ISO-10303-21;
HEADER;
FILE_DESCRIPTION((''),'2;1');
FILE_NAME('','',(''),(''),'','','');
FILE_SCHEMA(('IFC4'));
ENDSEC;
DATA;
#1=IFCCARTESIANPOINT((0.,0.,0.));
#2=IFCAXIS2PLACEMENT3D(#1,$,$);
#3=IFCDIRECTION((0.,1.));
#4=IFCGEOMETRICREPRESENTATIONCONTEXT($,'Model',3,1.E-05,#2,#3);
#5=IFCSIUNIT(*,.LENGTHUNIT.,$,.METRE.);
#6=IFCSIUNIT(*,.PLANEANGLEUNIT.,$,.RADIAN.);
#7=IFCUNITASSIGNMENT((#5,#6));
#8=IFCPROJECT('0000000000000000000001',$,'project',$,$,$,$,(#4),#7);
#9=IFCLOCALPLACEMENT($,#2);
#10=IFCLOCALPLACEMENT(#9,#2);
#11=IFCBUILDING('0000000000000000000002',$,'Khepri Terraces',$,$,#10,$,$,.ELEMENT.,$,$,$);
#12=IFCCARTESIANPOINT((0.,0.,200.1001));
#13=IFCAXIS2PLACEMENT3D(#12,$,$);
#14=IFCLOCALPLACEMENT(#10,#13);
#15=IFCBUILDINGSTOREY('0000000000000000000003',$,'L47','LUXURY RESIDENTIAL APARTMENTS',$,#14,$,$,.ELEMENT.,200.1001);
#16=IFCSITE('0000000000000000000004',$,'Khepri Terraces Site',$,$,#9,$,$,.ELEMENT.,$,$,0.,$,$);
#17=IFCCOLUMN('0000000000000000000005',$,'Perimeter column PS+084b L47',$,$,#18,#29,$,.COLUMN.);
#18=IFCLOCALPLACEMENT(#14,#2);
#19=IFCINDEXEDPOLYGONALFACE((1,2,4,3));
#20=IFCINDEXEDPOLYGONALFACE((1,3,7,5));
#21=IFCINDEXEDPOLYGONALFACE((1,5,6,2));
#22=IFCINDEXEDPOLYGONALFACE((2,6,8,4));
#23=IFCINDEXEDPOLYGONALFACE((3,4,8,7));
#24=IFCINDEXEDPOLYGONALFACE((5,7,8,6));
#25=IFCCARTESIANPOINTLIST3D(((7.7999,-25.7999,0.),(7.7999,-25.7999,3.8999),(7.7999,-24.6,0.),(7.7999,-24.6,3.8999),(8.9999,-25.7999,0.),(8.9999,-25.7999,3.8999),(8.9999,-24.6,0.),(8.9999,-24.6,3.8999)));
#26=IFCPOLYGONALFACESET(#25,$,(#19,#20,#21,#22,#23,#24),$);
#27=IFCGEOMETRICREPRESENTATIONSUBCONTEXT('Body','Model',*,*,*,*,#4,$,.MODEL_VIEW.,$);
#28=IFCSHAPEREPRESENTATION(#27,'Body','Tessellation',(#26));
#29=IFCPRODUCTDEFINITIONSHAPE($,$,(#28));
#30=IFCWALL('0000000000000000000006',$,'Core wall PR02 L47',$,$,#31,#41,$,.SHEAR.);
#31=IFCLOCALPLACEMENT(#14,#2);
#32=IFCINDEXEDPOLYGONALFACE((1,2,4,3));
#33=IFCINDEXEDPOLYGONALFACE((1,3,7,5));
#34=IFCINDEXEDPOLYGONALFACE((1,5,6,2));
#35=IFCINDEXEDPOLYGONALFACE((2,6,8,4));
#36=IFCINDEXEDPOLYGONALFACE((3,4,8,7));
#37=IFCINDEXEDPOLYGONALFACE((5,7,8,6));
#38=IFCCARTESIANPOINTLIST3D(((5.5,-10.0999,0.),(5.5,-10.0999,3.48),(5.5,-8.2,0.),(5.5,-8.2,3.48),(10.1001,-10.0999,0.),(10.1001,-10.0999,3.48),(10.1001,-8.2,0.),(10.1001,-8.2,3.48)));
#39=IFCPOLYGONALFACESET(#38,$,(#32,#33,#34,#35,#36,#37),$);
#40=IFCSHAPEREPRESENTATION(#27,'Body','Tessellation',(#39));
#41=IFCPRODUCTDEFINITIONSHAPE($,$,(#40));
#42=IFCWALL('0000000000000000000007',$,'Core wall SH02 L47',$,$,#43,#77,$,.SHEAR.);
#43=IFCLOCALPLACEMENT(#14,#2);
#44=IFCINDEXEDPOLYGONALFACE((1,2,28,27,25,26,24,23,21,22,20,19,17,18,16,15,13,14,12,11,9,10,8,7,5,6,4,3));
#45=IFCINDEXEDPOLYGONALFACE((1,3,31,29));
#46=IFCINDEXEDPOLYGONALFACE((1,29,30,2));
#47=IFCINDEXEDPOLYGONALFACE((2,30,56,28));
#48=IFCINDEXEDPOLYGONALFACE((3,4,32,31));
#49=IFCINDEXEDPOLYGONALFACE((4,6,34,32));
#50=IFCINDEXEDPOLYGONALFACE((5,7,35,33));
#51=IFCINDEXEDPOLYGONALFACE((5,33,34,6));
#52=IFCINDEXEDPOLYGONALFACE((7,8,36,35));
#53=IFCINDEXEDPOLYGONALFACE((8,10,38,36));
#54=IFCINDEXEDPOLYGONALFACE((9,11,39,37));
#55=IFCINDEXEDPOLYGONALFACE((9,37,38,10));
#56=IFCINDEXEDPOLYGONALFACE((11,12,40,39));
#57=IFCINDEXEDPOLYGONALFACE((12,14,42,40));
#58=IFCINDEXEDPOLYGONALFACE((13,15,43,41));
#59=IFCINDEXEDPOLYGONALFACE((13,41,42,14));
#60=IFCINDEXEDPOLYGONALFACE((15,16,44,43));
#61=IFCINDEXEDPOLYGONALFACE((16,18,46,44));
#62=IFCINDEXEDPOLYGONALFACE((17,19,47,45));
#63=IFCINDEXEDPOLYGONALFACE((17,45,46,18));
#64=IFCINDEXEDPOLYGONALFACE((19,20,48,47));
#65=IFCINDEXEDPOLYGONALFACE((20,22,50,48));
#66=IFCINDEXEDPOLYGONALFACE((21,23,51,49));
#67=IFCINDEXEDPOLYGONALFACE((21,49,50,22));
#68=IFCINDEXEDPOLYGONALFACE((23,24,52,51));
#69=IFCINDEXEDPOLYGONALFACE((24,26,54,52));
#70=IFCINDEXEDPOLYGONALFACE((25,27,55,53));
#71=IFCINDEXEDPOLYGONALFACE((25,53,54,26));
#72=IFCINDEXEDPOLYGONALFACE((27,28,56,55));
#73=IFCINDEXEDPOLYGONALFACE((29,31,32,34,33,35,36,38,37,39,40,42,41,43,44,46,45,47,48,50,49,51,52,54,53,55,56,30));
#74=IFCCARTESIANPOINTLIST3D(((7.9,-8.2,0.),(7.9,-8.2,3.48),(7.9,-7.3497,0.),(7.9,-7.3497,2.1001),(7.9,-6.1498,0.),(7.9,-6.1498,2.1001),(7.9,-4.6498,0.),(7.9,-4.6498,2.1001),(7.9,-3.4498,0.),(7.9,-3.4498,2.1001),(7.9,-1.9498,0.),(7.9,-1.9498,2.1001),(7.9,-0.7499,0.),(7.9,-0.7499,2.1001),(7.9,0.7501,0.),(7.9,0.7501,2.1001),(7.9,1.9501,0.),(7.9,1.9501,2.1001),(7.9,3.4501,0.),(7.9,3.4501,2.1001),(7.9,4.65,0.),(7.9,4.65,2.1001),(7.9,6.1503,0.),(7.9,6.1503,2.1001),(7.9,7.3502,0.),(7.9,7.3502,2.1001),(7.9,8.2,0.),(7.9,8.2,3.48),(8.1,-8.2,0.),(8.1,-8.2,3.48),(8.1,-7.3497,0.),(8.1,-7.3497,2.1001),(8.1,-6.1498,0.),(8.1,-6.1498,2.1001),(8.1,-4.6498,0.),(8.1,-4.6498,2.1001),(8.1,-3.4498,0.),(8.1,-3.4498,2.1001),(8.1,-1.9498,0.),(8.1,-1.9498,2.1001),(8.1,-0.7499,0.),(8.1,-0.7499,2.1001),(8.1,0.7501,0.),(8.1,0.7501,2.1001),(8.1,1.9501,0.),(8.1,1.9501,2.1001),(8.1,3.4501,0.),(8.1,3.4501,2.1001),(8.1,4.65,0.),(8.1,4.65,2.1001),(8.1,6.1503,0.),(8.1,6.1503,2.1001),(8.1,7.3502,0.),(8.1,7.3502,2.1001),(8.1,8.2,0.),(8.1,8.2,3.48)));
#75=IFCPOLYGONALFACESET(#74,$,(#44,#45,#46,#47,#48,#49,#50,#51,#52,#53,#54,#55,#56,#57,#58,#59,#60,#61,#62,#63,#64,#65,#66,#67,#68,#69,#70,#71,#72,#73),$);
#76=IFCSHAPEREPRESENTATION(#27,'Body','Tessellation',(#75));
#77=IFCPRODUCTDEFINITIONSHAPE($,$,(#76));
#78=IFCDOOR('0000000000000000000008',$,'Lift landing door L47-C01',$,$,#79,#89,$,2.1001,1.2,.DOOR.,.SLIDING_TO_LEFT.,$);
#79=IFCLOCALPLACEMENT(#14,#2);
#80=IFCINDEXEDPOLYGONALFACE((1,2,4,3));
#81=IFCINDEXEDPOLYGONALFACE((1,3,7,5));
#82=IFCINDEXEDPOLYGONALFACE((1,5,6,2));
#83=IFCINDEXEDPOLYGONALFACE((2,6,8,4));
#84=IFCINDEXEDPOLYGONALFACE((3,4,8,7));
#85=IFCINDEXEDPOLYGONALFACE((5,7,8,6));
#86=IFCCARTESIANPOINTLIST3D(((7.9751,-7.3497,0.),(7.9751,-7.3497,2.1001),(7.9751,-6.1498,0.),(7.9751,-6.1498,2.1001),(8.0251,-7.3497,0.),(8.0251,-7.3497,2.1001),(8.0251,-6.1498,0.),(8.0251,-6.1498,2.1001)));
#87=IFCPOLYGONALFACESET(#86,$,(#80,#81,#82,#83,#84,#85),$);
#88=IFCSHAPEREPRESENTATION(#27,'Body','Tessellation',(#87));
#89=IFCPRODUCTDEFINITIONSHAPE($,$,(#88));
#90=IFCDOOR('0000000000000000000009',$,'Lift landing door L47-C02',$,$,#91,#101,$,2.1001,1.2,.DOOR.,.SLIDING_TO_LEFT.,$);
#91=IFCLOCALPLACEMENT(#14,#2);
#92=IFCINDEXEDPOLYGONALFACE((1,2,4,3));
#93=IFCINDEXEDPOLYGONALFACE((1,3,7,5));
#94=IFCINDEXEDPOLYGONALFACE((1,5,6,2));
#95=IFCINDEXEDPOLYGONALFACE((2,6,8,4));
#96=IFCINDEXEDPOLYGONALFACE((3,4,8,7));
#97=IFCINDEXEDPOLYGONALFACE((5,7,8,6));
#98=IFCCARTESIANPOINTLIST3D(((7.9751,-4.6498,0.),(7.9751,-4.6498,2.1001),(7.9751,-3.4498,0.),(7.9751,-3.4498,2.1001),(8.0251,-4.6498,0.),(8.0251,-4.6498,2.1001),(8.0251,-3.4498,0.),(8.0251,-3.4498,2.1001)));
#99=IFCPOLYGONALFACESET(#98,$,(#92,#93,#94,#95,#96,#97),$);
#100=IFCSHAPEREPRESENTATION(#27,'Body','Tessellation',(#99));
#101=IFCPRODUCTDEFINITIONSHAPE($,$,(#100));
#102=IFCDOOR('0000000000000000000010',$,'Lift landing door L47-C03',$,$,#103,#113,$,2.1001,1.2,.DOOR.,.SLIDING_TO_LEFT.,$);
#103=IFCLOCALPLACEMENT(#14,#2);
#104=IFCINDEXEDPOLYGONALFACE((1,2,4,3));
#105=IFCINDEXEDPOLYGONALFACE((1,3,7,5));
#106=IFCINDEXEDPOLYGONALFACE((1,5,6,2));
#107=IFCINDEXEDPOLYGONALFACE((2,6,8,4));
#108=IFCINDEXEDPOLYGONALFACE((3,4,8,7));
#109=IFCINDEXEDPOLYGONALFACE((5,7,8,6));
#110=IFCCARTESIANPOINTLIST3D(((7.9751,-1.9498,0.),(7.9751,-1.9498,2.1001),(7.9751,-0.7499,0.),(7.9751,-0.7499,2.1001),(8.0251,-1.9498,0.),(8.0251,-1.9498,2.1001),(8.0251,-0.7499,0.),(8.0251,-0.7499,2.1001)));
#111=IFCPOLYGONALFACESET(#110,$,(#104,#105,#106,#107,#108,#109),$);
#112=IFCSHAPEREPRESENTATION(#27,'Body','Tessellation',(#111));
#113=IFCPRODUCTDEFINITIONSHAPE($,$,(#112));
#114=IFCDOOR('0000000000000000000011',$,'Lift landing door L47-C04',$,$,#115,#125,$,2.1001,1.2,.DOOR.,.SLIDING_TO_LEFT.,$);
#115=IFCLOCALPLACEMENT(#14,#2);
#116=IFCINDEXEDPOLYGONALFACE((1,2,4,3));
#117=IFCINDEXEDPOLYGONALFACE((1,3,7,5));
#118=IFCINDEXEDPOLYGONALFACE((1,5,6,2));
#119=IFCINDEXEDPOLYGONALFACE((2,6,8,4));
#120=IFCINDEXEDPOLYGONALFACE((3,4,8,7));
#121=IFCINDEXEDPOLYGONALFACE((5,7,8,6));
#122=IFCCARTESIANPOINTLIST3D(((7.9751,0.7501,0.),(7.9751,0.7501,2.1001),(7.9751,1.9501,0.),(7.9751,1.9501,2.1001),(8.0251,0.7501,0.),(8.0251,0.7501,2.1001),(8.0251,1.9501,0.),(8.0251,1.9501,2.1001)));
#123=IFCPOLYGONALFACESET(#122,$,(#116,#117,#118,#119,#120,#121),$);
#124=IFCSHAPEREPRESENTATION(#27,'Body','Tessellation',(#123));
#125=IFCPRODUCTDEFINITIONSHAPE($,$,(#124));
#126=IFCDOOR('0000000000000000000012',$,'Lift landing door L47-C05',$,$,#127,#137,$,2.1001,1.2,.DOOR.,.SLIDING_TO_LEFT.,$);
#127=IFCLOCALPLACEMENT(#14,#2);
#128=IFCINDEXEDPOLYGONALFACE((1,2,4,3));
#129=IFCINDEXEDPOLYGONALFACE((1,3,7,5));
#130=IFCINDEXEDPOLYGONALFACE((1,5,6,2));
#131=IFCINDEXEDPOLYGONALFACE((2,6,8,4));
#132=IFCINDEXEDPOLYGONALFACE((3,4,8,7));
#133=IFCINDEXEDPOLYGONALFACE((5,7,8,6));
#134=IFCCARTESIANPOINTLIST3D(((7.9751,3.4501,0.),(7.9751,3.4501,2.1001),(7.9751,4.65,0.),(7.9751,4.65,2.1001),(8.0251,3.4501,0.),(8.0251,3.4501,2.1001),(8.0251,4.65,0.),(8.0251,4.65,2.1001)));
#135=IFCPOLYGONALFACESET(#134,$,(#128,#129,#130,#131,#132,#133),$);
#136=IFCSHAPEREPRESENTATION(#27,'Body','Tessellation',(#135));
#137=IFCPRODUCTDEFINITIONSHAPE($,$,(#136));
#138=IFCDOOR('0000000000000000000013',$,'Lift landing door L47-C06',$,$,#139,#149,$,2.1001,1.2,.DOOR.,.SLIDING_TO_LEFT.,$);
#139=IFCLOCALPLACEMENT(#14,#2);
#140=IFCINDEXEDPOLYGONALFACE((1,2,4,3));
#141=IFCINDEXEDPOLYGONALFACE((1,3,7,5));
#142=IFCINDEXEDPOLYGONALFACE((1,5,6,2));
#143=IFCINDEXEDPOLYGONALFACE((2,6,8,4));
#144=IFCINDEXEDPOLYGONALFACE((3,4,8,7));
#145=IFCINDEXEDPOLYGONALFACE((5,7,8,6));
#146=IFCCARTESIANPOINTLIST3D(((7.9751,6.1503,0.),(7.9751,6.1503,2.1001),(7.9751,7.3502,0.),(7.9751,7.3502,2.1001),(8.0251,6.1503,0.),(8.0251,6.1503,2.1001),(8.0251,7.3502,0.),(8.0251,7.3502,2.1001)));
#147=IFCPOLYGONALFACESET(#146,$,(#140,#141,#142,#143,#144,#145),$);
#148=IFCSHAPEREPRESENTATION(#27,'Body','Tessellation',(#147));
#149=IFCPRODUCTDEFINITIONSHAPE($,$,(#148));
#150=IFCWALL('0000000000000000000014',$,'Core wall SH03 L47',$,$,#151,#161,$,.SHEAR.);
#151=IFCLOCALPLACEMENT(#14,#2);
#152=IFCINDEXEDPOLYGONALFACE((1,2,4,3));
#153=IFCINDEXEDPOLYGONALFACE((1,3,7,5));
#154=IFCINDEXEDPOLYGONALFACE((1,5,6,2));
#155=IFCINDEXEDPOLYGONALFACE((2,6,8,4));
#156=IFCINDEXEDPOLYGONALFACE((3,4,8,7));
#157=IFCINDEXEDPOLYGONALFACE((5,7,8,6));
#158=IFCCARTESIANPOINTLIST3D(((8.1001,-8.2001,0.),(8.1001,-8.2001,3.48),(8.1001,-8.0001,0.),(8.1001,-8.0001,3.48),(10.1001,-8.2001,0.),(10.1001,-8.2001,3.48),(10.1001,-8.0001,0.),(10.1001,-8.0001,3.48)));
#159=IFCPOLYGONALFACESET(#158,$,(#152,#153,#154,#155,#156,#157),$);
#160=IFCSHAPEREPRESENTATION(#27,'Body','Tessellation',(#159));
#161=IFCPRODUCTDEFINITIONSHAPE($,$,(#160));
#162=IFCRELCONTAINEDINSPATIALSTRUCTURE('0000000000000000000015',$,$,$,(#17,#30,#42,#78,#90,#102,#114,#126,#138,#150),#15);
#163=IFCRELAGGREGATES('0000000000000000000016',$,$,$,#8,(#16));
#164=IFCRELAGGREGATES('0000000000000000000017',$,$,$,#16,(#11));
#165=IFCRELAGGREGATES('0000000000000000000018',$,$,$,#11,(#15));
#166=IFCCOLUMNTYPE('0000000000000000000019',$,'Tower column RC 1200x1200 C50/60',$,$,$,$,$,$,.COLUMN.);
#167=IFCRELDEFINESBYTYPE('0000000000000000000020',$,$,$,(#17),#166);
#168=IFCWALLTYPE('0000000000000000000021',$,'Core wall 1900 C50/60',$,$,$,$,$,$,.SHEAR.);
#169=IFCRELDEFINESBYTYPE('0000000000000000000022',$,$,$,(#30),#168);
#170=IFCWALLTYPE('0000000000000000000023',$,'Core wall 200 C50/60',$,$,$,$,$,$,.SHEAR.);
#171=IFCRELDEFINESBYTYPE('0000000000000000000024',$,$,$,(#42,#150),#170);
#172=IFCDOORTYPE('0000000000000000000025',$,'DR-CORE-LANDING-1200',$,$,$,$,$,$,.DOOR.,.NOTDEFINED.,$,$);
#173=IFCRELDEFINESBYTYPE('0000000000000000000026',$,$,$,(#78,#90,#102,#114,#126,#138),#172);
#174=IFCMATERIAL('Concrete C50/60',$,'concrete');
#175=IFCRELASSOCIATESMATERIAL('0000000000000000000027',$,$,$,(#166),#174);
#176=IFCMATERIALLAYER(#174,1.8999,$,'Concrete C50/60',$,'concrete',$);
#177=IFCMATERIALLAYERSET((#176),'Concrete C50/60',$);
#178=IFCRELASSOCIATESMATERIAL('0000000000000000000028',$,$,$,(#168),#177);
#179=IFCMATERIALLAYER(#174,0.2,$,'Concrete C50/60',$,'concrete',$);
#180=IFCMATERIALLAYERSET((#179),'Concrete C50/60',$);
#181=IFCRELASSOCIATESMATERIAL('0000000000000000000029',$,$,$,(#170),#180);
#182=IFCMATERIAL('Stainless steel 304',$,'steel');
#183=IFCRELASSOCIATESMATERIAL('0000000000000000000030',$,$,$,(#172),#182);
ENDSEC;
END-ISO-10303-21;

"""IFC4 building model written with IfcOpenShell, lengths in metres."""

from ifc_helpers import new_model, si_unit, direction, frame, frame_2d, origin, origin_2d, place, context, subcontext, project, spatial, rectangle, extrude, material, layer, layer_set, material_profile, profile_set, type_object, element, fill, save


model = new_model("IFC4")

# Units and contexts
model_context = context("Model", 3, precision=1e-05, world=origin(), true_north=direction((0.0, 1.0)))
body_context = subcontext(model_context, "Body", "Model", "MODEL_VIEW")
ifc_project = project(units=[si_unit("LENGTHUNIT", "METRE"), si_unit("PLANEANGLEUNIT", "RADIAN")], contexts=[model_context])

# Site, building, storey
site_placement = place(None, origin())
site = spatial("IfcSite", under=ifc_project, at=site_placement, Name="Khepri Terraces Site", CompositionType="ELEMENT", RefElevation=0.0)
building_placement = place(site_placement, origin())
building = spatial("IfcBuilding", under=site, at=building_placement, Name="Khepri Terraces", CompositionType="ELEMENT")
storey_placement = place(building_placement, frame((0.0, 0.0, 200.1001)))
storey = spatial("IfcBuildingStorey", under=building, at=storey_placement, Name="L47", Description="LUXURY RESIDENTIAL APARTMENTS", CompositionType="ELEMENT", Elevation=200.1001)

# Column
ifc_material_1 = material(Name="Concrete C50/60", Category="concrete")
ifc_material_profile = material_profile(ifc_material_1, rectangle(XDim=1.2, YDim=1.2, at=origin_2d()), Name="Concrete C50/60", Category="concrete")
ifc_profile_set = profile_set([ifc_material_profile], Name="Concrete C50/60")
column_type = type_object("IfcColumnType", Name="Tower column RC 1200x1200 C50/60", PredefinedType="COLUMN", material=ifc_profile_set)
column_placement = place(storey_placement, frame((8.3999, -25.2, 0.0), z_axis=(0.0, 0.0, 1.0), x_axis=(1.0, 0.0, 0.0)))
element("IfcColumn", 1, at=column_placement, inside=storey, type_object=column_type, Name="Perimeter column PS+084b L47", PredefinedType="COLUMN", context=body_context, shape_type="SweptSolid", body=[
    extrude(rectangle(XDim=1.2, YDim=1.2, at=origin_2d()), origin(), (0.0, 0.0, 1.0), 3.8999),
])

# Wall
ifc_layer_1 = layer(ifc_material_1, 1.8999, Name="Concrete C50/60", Category="concrete")
ifc_layer_set_1 = layer_set([ifc_layer_1], Name="Concrete C50/60")
wall_type_1 = type_object("IfcWallType", Name="Core wall 1900 C50/60", PredefinedType="SHEAR", material=ifc_layer_set_1)
wall_1_placement = place(storey_placement, frame((5.5, -9.1499, 0.0), z_axis=(0.0, 0.0, 1.0), x_axis=(1.0, 0.0, 0.0)))
element("IfcWall", 2, at=wall_1_placement, inside=storey, type_object=wall_type_1, Name="Core wall PR02 L47", PredefinedType="SHEAR", context=body_context, shape_type="SweptSolid", body=[
    extrude(rectangle(XDim=4.6001, YDim=1.8999, at=frame_2d((2.3, 0.0))), origin(), (0.0, 0.0, 1.0), 3.48),
])

# Wall, openings, doors
ifc_layer_2 = layer(ifc_material_1, 0.2, Name="Concrete C50/60", Category="concrete")
ifc_layer_set_2 = layer_set([ifc_layer_2], Name="Concrete C50/60")
wall_type_2 = type_object("IfcWallType", Name="Core wall 200 C50/60", PredefinedType="SHEAR", material=ifc_layer_set_2)
wall_2_placement = place(storey_placement, frame((8.0, -8.2, 0.0), z_axis=(0.0, 0.0, 1.0), x_axis=(0.0, 1.0, 0.0)))
wall_2 = element("IfcWall", 3, at=wall_2_placement, inside=storey, type_object=wall_type_2, Name="Core wall SH02 L47", PredefinedType="SHEAR", context=body_context, shape_type="SweptSolid", body=[
    extrude(rectangle(XDim=16.3999, YDim=0.2, at=frame_2d((8.2, 0.0))), origin(), (0.0, 0.0, 1.0), 3.48),
])
opening_1_placement = place(wall_2_placement, frame((0.8501, 0.0, 0.0)))
opening_1 = element("IfcOpeningElement", 4, at=opening_1_placement, cuts=wall_2, PredefinedType="OPENING", context=body_context, shape_type="SweptSolid", body=[
    extrude(rectangle(XDim=1.2, YDim=2.1001, at=frame_2d((0.6001, 1.05))), frame((0.0, 0.1099, 0.0), z_axis=(0.0, -1.0, 0.0), x_axis=(1.0, 0.0, 0.0)), (0.0, 0.0, 1.0), 0.22),
])
opening_2_placement = place(wall_2_placement, frame((3.55, 0.0, 0.0)))
opening_2 = element("IfcOpeningElement", 5, at=opening_2_placement, cuts=wall_2, PredefinedType="OPENING", context=body_context, shape_type="SweptSolid", body=[
    extrude(rectangle(XDim=1.2, YDim=2.1001, at=frame_2d((0.6001, 1.05))), frame((0.0, 0.1099, 0.0), z_axis=(0.0, -1.0, 0.0), x_axis=(1.0, 0.0, 0.0)), (0.0, 0.0, 1.0), 0.22),
])
opening_3_placement = place(wall_2_placement, frame((6.25, 0.0, 0.0)))
opening_3 = element("IfcOpeningElement", 6, at=opening_3_placement, cuts=wall_2, PredefinedType="OPENING", context=body_context, shape_type="SweptSolid", body=[
    extrude(rectangle(XDim=1.2, YDim=2.1001, at=frame_2d((0.6001, 1.05))), frame((0.0, 0.1099, 0.0), z_axis=(0.0, -1.0, 0.0), x_axis=(1.0, 0.0, 0.0)), (0.0, 0.0, 1.0), 0.22),
])
opening_4_placement = place(wall_2_placement, frame((8.95, 0.0, 0.0)))
opening_4 = element("IfcOpeningElement", 7, at=opening_4_placement, cuts=wall_2, PredefinedType="OPENING", context=body_context, shape_type="SweptSolid", body=[
    extrude(rectangle(XDim=1.2, YDim=2.1001, at=frame_2d((0.6001, 1.05))), frame((0.0, 0.1099, 0.0), z_axis=(0.0, -1.0, 0.0), x_axis=(1.0, 0.0, 0.0)), (0.0, 0.0, 1.0), 0.22),
])
opening_5_placement = place(wall_2_placement, frame((11.6499, 0.0, 0.0)))
opening_5 = element("IfcOpeningElement", 8, at=opening_5_placement, cuts=wall_2, PredefinedType="OPENING", context=body_context, shape_type="SweptSolid", body=[
    extrude(rectangle(XDim=1.2, YDim=2.1001, at=frame_2d((0.6001, 1.05))), frame((0.0, 0.1099, 0.0), z_axis=(0.0, -1.0, 0.0), x_axis=(1.0, 0.0, 0.0)), (0.0, 0.0, 1.0), 0.22),
])
opening_6_placement = place(wall_2_placement, frame((14.3501, 0.0, 0.0)))
opening_6 = element("IfcOpeningElement", 9, at=opening_6_placement, cuts=wall_2, PredefinedType="OPENING", context=body_context, shape_type="SweptSolid", body=[
    extrude(rectangle(XDim=1.2, YDim=2.1001, at=frame_2d((0.6001, 1.05))), frame((0.0, 0.1099, 0.0), z_axis=(0.0, -1.0, 0.0), x_axis=(1.0, 0.0, 0.0)), (0.0, 0.0, 1.0), 0.22),
])
ifc_material_2 = material(Name="Stainless steel 304", Category="steel")
door_type_1 = type_object("IfcDoorType", Name="DR-CORE-LANDING-1200", OperationType="NOTDEFINED", PredefinedType="DOOR", material=ifc_material_2)
door_1_placement = place(opening_1_placement, origin())
door_1 = element("IfcDoor", 10, at=door_1_placement, inside=storey, type_object=door_type_1, Name="Lift landing door L47-C01", OperationType="SLIDING_TO_LEFT", OverallHeight=2.1001, OverallWidth=1.2, PredefinedType="DOOR", context=body_context, shape_type="SweptSolid", body=[
    extrude(rectangle(XDim=1.2, YDim=2.1001, at=frame_2d((0.6001, 1.05))), frame((0.0, 0.0249, 0.0), z_axis=(0.0, -1.0, 0.0), x_axis=(1.0, 0.0, 0.0)), (0.0, 0.0, 1.0), 0.05),
])
fill(opening_1, door_1)
door_2_placement = place(opening_2_placement, origin())
door_2 = element("IfcDoor", 11, at=door_2_placement, inside=storey, type_object=door_type_1, Name="Lift landing door L47-C02", OperationType="SLIDING_TO_LEFT", OverallHeight=2.1001, OverallWidth=1.2, PredefinedType="DOOR", context=body_context, shape_type="SweptSolid", body=[
    extrude(rectangle(XDim=1.2, YDim=2.1001, at=frame_2d((0.6001, 1.05))), frame((0.0, 0.0249, 0.0), z_axis=(0.0, -1.0, 0.0), x_axis=(1.0, 0.0, 0.0)), (0.0, 0.0, 1.0), 0.05),
])
fill(opening_2, door_2)
door_3_placement = place(opening_3_placement, origin())
door_3 = element("IfcDoor", 12, at=door_3_placement, inside=storey, type_object=door_type_1, Name="Lift landing door L47-C03", OperationType="SLIDING_TO_LEFT", OverallHeight=2.1001, OverallWidth=1.2, PredefinedType="DOOR", context=body_context, shape_type="SweptSolid", body=[
    extrude(rectangle(XDim=1.2, YDim=2.1001, at=frame_2d((0.6001, 1.05))), frame((0.0, 0.0249, 0.0), z_axis=(0.0, -1.0, 0.0), x_axis=(1.0, 0.0, 0.0)), (0.0, 0.0, 1.0), 0.05),
])
fill(opening_3, door_3)
door_4_placement = place(opening_4_placement, origin())
door_4 = element("IfcDoor", 13, at=door_4_placement, inside=storey, type_object=door_type_1, Name="Lift landing door L47-C04", OperationType="SLIDING_TO_LEFT", OverallHeight=2.1001, OverallWidth=1.2, PredefinedType="DOOR", context=body_context, shape_type="SweptSolid", body=[
    extrude(rectangle(XDim=1.2, YDim=2.1001, at=frame_2d((0.6001, 1.05))), frame((0.0, 0.0249, 0.0), z_axis=(0.0, -1.0, 0.0), x_axis=(1.0, 0.0, 0.0)), (0.0, 0.0, 1.0), 0.05),
])
fill(opening_4, door_4)
door_5_placement = place(opening_5_placement, origin())
door_5 = element("IfcDoor", 14, at=door_5_placement, inside=storey, type_object=door_type_1, Name="Lift landing door L47-C05", OperationType="SLIDING_TO_LEFT", OverallHeight=2.1001, OverallWidth=1.2, PredefinedType="DOOR", context=body_context, shape_type="SweptSolid", body=[
    extrude(rectangle(XDim=1.2, YDim=2.1001, at=frame_2d((0.6001, 1.05))), frame((0.0, 0.0249, 0.0), z_axis=(0.0, -1.0, 0.0), x_axis=(1.0, 0.0, 0.0)), (0.0, 0.0, 1.0), 0.05),
])
fill(opening_5, door_5)
door_6_placement = place(opening_6_placement, origin())
door_6 = element("IfcDoor", 15, at=door_6_placement, inside=storey, type_object=door_type_1, Name="Lift landing door L47-C06", OperationType="SLIDING_TO_LEFT", OverallHeight=2.1001, OverallWidth=1.2, PredefinedType="DOOR", context=body_context, shape_type="SweptSolid", body=[
    extrude(rectangle(XDim=1.2, YDim=2.1001, at=frame_2d((0.6001, 1.05))), frame((0.0, 0.0249, 0.0), z_axis=(0.0, -1.0, 0.0), x_axis=(1.0, 0.0, 0.0)), (0.0, 0.0, 1.0), 0.05),
])
fill(opening_6, door_6)

# Wall
for number, where, z_axis, x_axis, name in (
    (16, (8.1001, -8.1001, 0.0), (0.0, 0.0, 1.0), (1.0, 0.0, 0.0), "Core wall SH03 L47"),
):
    element("IfcWall", number, at=place(storey_placement, frame(where, z_axis=z_axis, x_axis=x_axis)), inside=storey, type_object=wall_type_2, Name=name, PredefinedType="SHEAR", context=body_context, shape_type="SweptSolid", body=[
        extrude(rectangle(XDim=2.0, YDim=0.2, at=frame_2d((1.0, 0.0))), origin(), (0.0, 0.0, 1.0), 3.48),
    ])

save(model, "model.ifc")
